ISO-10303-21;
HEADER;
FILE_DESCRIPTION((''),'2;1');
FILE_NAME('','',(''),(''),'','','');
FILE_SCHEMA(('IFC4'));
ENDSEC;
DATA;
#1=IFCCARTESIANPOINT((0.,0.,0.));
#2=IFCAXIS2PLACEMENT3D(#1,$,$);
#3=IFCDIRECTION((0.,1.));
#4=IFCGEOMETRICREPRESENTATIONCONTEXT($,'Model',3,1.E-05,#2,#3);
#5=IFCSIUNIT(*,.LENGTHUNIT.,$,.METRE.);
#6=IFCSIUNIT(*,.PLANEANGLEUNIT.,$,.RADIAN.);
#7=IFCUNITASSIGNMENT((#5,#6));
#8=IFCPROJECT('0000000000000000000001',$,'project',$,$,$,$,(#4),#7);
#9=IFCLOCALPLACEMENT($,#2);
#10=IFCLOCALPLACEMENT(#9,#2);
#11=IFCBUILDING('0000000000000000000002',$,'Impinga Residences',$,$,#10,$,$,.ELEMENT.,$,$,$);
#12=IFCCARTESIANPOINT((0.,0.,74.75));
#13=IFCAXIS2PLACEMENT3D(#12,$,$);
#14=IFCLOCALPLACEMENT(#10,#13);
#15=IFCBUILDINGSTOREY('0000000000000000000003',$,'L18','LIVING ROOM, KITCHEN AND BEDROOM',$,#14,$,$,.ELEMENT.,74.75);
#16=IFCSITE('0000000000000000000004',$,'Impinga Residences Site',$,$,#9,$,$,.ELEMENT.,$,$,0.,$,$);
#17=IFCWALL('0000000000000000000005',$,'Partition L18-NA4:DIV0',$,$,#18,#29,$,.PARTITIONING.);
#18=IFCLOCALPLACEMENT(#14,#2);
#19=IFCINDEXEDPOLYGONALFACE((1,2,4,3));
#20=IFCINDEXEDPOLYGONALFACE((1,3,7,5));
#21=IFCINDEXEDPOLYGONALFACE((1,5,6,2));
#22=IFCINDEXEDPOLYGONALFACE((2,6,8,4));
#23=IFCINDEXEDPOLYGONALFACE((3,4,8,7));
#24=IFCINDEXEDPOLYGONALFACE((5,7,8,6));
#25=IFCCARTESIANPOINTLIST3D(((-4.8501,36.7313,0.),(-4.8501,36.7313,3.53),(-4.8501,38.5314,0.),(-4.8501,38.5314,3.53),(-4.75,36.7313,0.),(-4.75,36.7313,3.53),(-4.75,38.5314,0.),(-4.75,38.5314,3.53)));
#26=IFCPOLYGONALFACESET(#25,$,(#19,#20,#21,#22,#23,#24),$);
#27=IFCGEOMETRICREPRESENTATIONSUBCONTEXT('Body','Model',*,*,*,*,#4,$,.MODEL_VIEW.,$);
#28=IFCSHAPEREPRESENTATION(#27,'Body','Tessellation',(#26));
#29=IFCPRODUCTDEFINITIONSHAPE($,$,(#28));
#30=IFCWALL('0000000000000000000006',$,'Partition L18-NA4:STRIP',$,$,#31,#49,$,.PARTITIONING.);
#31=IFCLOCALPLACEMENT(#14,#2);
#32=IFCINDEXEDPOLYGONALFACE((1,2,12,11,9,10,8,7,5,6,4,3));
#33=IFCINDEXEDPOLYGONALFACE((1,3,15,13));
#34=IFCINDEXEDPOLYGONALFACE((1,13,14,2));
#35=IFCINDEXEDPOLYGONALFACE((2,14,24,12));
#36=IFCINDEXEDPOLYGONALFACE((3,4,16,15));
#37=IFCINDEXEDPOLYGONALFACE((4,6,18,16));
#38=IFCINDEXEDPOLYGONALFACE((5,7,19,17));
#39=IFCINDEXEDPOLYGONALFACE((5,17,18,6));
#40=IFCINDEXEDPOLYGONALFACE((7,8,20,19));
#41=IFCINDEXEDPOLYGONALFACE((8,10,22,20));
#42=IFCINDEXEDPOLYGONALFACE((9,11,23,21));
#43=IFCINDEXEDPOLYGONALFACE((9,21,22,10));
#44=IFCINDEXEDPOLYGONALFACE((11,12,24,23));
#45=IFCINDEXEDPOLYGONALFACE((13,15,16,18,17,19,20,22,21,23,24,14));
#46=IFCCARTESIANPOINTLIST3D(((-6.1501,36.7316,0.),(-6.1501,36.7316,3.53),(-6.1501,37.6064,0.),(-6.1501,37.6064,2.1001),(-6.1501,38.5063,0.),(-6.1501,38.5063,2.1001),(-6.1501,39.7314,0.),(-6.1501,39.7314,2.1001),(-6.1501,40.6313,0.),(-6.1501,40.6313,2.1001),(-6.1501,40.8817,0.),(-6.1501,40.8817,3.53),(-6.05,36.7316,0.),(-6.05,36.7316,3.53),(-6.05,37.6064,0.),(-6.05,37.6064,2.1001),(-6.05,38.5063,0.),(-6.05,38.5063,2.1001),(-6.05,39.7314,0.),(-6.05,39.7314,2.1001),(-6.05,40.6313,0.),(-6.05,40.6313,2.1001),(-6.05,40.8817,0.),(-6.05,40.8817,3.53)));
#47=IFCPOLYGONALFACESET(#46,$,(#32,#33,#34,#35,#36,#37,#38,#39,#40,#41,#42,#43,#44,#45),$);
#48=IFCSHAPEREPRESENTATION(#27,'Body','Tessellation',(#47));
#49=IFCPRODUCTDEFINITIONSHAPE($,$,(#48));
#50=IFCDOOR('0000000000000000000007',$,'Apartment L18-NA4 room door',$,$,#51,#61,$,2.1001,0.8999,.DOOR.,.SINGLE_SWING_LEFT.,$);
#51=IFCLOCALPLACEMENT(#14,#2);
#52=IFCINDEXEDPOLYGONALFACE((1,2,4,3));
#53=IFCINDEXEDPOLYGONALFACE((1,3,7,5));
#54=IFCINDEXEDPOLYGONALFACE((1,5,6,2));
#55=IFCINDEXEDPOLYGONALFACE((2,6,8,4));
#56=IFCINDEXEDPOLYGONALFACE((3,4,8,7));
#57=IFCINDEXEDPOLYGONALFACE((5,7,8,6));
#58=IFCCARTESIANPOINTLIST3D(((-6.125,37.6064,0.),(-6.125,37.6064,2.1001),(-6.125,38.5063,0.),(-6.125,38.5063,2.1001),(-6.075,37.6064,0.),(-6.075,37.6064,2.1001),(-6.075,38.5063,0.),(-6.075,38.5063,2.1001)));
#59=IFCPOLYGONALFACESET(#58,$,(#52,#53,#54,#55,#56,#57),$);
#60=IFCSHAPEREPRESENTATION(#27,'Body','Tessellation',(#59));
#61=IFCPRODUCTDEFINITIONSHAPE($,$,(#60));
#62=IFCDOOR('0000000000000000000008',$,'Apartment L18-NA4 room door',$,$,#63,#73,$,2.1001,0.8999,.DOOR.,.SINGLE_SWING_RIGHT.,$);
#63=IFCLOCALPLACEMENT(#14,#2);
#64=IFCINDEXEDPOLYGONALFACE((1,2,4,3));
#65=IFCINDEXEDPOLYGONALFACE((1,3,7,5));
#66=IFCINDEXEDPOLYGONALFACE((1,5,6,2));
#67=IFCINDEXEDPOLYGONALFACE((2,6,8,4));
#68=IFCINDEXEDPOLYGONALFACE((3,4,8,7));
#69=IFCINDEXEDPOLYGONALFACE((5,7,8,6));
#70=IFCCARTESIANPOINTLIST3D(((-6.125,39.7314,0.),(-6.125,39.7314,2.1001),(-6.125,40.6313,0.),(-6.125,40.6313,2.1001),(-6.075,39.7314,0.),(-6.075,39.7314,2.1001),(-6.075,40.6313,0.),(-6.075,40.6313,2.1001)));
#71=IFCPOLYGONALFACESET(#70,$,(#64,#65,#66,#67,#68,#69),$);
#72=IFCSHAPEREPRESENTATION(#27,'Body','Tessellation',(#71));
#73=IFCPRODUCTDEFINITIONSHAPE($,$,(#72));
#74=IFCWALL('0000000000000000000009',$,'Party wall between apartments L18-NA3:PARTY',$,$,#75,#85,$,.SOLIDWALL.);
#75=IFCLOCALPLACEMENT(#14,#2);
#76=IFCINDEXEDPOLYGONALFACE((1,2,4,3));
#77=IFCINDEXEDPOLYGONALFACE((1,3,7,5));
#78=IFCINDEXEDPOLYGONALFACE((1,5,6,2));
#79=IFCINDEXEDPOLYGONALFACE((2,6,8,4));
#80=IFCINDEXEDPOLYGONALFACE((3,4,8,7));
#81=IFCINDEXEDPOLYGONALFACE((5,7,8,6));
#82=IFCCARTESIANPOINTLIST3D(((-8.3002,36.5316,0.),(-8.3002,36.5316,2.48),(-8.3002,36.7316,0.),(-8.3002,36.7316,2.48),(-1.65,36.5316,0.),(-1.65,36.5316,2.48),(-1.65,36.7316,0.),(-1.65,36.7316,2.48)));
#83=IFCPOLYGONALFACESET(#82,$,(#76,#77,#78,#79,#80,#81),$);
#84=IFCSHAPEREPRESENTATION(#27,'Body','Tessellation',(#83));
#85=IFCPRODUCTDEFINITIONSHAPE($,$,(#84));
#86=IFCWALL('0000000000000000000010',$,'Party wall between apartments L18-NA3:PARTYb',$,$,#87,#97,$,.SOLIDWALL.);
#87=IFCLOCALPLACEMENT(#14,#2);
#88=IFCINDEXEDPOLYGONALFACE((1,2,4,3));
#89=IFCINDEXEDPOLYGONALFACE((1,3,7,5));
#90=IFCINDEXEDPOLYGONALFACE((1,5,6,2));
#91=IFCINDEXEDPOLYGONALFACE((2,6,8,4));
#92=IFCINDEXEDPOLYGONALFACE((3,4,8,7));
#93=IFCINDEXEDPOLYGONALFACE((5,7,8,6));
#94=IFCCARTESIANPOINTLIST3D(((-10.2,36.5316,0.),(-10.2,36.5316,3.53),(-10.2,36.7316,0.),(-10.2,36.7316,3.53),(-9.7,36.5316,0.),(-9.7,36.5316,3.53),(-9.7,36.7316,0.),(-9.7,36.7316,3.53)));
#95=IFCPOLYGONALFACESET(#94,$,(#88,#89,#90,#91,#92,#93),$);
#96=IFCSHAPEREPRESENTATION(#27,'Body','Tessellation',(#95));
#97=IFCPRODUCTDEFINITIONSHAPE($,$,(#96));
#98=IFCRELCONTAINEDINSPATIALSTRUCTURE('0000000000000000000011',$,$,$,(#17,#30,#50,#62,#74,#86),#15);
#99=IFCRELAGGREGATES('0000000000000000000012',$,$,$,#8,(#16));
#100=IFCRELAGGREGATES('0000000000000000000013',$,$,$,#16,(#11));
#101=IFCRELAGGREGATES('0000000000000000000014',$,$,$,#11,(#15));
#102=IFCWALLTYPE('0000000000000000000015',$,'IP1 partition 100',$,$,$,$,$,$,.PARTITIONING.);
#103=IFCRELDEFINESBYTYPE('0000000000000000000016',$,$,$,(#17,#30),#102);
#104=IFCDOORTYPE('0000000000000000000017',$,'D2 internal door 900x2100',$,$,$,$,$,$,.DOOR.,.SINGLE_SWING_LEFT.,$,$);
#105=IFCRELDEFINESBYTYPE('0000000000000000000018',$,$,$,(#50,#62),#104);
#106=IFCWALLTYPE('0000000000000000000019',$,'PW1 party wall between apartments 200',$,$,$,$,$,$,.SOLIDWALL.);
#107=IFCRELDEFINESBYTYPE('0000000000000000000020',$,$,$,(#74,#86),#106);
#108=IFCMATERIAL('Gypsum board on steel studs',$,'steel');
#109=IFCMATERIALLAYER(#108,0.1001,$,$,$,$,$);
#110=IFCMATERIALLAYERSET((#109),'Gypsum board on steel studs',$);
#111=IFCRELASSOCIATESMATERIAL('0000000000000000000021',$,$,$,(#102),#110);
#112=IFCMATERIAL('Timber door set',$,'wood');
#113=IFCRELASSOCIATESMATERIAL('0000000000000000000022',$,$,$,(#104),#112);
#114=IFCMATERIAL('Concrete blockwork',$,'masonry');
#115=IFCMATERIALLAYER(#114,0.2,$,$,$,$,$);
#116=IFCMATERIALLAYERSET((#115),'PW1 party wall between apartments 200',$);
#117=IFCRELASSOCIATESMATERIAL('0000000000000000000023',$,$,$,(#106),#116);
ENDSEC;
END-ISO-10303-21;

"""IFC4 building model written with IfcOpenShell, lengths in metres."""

from ifc_helpers import new_model, si_unit, direction, frame, frame_2d, origin, place, context, subcontext, project, spatial, rectangle, extrude, material, layer, layer_set, type_object, element, fill, save


model = new_model("IFC4")

# Units and contexts
model_context = context("Model", 3, precision=1e-05, world=origin(), true_north=direction((0.0, 1.0)))
body_context = subcontext(model_context, "Body", "Model", "MODEL_VIEW")
ifc_project = project(units=[si_unit("LENGTHUNIT", "METRE"), si_unit("PLANEANGLEUNIT", "RADIAN")], contexts=[model_context])

# Site, building, storey
site_placement = place(None, origin())
site = spatial("IfcSite", under=ifc_project, at=site_placement, Name="Impinga Residences Site", CompositionType="ELEMENT", RefElevation=0.0)
building_placement = place(site_placement, origin())
building = spatial("IfcBuilding", under=site, at=building_placement, Name="Impinga Residences", CompositionType="ELEMENT")
storey_placement = place(building_placement, frame((0.0, 0.0, 74.75)))
storey = spatial("IfcBuildingStorey", under=building, at=storey_placement, Name="L18", Description="LIVING ROOM, KITCHEN AND BEDROOM", CompositionType="ELEMENT", Elevation=74.75)

# Shared definitions
ifc_material_1 = material(Name="Gypsum board on steel studs", Category="steel")
ifc_layer_1 = layer(ifc_material_1, 0.1001)
ifc_layer_set_1 = layer_set([ifc_layer_1], Name="Gypsum board on steel studs")
wall_type_1 = type_object("IfcWallType", Name="IP1 partition 100", PredefinedType="PARTITIONING", material=ifc_layer_set_1)

# Shared definitions
ifc_material_2 = material(Name="Timber door set", Category="wood")
door_type = type_object("IfcDoorType", Name="D2 internal door 900x2100", OperationType="SINGLE_SWING_LEFT", PredefinedType="DOOR", material=ifc_material_2)

# Wall
wall_1_placement = place(storey_placement, frame((-4.8, 36.7314, 0.0), z_axis=(0.0, 0.0, 1.0), x_axis=(0.0, 1.0, 0.0)))
element("IfcWall", 1, at=wall_1_placement, inside=storey, type_object=wall_type_1, Name="Partition L18-NA4:DIV0", PredefinedType="PARTITIONING", context=body_context, shape_type="SweptSolid", body=[
    extrude(rectangle(XDim=1.8, YDim=0.1001, at=frame_2d((0.8999, 0.0))), origin(), (0.0, 0.0, 1.0), 3.53),
])

# Wall, openings, doors
wall_2_placement = place(storey_placement, frame((-6.1001, 36.7314, 0.0), z_axis=(0.0, 0.0, 1.0), x_axis=(0.0, 1.0, 0.0)))
wall_2 = element("IfcWall", 2, at=wall_2_placement, inside=storey, type_object=wall_type_1, Name="Partition L18-NA4:STRIP", PredefinedType="PARTITIONING", context=body_context, shape_type="SweptSolid", body=[
    extrude(rectangle(XDim=4.1501, YDim=0.1001, at=frame_2d((2.0752, 0.0))), origin(), (0.0, 0.0, 1.0), 3.53),
])
opening_1_placement = place(wall_2_placement, frame((0.875, 0.0, 0.0)))
opening_1 = element("IfcOpeningElement", 3, at=opening_1_placement, cuts=wall_2, PredefinedType="OPENING", context=body_context, shape_type="SweptSolid", body=[
    extrude(rectangle(XDim=0.8999, YDim=2.1001, at=frame_2d((0.45, 1.05))), frame((0.0, 0.0601, 0.0), z_axis=(0.0, -1.0, 0.0), x_axis=(1.0, 0.0, 0.0)), (0.0, 0.0, 1.0), 0.1201),
])
opening_2_placement = place(wall_2_placement, frame((3.0, 0.0, 0.0)))
opening_2 = element("IfcOpeningElement", 4, at=opening_2_placement, cuts=wall_2, PredefinedType="OPENING", context=body_context, shape_type="SweptSolid", body=[
    extrude(rectangle(XDim=0.8999, YDim=2.1001, at=frame_2d((0.45, 1.05))), frame((0.0, 0.0601, 0.0), z_axis=(0.0, -1.0, 0.0), x_axis=(1.0, 0.0, 0.0)), (0.0, 0.0, 1.0), 0.1201),
])
door_1_placement = place(opening_1_placement, origin())
door_1 = element("IfcDoor", 5, at=door_1_placement, inside=storey, type_object=door_type, Name="Apartment L18-NA4 room door", OperationType="SINGLE_SWING_LEFT", OverallHeight=2.1001, OverallWidth=0.8999, PredefinedType="DOOR", context=body_context, shape_type="SweptSolid", body=[
    extrude(rectangle(XDim=0.8999, YDim=2.1001, at=frame_2d((0.45, 1.05))), frame((0.0, 0.0249, 0.0), z_axis=(0.0, -1.0, 0.0), x_axis=(1.0, 0.0, 0.0)), (0.0, 0.0, 1.0), 0.05),
])
fill(opening_1, door_1)
door_2_placement = place(opening_2_placement, origin())
door_2 = element("IfcDoor", 6, at=door_2_placement, inside=storey, type_object=door_type, Name="Apartment L18-NA4 room door", OperationType="SINGLE_SWING_RIGHT", OverallHeight=2.1001, OverallWidth=0.8999, PredefinedType="DOOR", context=body_context, shape_type="SweptSolid", body=[
    extrude(rectangle(XDim=0.8999, YDim=2.1001, at=frame_2d((0.45, 1.05))), frame((0.0, 0.0249, 0.0), z_axis=(0.0, -1.0, 0.0), x_axis=(1.0, 0.0, 0.0)), (0.0, 0.0, 1.0), 0.05),
])
fill(opening_2, door_2)

# Walls
ifc_material_3 = material(Name="Concrete blockwork", Category="masonry")
ifc_layer_2 = layer(ifc_material_3, 0.2)
ifc_layer_set_2 = layer_set([ifc_layer_2], Name="PW1 party wall between apartments 200")
wall_type_2 = type_object("IfcWallType", Name="PW1 party wall between apartments 200", PredefinedType="SOLIDWALL", material=ifc_layer_set_2)
wall_3_placement = place(storey_placement, frame((-1.6499, 36.6316, 0.0), z_axis=(0.0, 0.0, 1.0), x_axis=(-1.0, 0.0, 0.0)))
element("IfcWall", 7, at=wall_3_placement, inside=storey, type_object=wall_type_2, Name="Party wall between apartments L18-NA3:PARTY", PredefinedType="SOLIDWALL", context=body_context, shape_type="SweptSolid", body=[
    extrude(rectangle(XDim=6.6501, YDim=0.2, at=frame_2d((3.3252, 0.0))), origin(), (0.0, 0.0, 1.0), 2.48),
])
wall_4_placement = place(storey_placement, frame((-9.7, 36.6316, 0.0), z_axis=(0.0, 0.0, 1.0), x_axis=(-1.0, 0.0, 0.0)))
element("IfcWall", 8, at=wall_4_placement, inside=storey, type_object=wall_type_2, Name="Party wall between apartments L18-NA3:PARTYb", PredefinedType="SOLIDWALL", context=body_context, shape_type="SweptSolid", body=[
    extrude(rectangle(XDim=0.5, YDim=0.2, at=frame_2d((0.25, 0.0))), origin(), (0.0, 0.0, 1.0), 3.53),
])

save(model, "model.ifc")
